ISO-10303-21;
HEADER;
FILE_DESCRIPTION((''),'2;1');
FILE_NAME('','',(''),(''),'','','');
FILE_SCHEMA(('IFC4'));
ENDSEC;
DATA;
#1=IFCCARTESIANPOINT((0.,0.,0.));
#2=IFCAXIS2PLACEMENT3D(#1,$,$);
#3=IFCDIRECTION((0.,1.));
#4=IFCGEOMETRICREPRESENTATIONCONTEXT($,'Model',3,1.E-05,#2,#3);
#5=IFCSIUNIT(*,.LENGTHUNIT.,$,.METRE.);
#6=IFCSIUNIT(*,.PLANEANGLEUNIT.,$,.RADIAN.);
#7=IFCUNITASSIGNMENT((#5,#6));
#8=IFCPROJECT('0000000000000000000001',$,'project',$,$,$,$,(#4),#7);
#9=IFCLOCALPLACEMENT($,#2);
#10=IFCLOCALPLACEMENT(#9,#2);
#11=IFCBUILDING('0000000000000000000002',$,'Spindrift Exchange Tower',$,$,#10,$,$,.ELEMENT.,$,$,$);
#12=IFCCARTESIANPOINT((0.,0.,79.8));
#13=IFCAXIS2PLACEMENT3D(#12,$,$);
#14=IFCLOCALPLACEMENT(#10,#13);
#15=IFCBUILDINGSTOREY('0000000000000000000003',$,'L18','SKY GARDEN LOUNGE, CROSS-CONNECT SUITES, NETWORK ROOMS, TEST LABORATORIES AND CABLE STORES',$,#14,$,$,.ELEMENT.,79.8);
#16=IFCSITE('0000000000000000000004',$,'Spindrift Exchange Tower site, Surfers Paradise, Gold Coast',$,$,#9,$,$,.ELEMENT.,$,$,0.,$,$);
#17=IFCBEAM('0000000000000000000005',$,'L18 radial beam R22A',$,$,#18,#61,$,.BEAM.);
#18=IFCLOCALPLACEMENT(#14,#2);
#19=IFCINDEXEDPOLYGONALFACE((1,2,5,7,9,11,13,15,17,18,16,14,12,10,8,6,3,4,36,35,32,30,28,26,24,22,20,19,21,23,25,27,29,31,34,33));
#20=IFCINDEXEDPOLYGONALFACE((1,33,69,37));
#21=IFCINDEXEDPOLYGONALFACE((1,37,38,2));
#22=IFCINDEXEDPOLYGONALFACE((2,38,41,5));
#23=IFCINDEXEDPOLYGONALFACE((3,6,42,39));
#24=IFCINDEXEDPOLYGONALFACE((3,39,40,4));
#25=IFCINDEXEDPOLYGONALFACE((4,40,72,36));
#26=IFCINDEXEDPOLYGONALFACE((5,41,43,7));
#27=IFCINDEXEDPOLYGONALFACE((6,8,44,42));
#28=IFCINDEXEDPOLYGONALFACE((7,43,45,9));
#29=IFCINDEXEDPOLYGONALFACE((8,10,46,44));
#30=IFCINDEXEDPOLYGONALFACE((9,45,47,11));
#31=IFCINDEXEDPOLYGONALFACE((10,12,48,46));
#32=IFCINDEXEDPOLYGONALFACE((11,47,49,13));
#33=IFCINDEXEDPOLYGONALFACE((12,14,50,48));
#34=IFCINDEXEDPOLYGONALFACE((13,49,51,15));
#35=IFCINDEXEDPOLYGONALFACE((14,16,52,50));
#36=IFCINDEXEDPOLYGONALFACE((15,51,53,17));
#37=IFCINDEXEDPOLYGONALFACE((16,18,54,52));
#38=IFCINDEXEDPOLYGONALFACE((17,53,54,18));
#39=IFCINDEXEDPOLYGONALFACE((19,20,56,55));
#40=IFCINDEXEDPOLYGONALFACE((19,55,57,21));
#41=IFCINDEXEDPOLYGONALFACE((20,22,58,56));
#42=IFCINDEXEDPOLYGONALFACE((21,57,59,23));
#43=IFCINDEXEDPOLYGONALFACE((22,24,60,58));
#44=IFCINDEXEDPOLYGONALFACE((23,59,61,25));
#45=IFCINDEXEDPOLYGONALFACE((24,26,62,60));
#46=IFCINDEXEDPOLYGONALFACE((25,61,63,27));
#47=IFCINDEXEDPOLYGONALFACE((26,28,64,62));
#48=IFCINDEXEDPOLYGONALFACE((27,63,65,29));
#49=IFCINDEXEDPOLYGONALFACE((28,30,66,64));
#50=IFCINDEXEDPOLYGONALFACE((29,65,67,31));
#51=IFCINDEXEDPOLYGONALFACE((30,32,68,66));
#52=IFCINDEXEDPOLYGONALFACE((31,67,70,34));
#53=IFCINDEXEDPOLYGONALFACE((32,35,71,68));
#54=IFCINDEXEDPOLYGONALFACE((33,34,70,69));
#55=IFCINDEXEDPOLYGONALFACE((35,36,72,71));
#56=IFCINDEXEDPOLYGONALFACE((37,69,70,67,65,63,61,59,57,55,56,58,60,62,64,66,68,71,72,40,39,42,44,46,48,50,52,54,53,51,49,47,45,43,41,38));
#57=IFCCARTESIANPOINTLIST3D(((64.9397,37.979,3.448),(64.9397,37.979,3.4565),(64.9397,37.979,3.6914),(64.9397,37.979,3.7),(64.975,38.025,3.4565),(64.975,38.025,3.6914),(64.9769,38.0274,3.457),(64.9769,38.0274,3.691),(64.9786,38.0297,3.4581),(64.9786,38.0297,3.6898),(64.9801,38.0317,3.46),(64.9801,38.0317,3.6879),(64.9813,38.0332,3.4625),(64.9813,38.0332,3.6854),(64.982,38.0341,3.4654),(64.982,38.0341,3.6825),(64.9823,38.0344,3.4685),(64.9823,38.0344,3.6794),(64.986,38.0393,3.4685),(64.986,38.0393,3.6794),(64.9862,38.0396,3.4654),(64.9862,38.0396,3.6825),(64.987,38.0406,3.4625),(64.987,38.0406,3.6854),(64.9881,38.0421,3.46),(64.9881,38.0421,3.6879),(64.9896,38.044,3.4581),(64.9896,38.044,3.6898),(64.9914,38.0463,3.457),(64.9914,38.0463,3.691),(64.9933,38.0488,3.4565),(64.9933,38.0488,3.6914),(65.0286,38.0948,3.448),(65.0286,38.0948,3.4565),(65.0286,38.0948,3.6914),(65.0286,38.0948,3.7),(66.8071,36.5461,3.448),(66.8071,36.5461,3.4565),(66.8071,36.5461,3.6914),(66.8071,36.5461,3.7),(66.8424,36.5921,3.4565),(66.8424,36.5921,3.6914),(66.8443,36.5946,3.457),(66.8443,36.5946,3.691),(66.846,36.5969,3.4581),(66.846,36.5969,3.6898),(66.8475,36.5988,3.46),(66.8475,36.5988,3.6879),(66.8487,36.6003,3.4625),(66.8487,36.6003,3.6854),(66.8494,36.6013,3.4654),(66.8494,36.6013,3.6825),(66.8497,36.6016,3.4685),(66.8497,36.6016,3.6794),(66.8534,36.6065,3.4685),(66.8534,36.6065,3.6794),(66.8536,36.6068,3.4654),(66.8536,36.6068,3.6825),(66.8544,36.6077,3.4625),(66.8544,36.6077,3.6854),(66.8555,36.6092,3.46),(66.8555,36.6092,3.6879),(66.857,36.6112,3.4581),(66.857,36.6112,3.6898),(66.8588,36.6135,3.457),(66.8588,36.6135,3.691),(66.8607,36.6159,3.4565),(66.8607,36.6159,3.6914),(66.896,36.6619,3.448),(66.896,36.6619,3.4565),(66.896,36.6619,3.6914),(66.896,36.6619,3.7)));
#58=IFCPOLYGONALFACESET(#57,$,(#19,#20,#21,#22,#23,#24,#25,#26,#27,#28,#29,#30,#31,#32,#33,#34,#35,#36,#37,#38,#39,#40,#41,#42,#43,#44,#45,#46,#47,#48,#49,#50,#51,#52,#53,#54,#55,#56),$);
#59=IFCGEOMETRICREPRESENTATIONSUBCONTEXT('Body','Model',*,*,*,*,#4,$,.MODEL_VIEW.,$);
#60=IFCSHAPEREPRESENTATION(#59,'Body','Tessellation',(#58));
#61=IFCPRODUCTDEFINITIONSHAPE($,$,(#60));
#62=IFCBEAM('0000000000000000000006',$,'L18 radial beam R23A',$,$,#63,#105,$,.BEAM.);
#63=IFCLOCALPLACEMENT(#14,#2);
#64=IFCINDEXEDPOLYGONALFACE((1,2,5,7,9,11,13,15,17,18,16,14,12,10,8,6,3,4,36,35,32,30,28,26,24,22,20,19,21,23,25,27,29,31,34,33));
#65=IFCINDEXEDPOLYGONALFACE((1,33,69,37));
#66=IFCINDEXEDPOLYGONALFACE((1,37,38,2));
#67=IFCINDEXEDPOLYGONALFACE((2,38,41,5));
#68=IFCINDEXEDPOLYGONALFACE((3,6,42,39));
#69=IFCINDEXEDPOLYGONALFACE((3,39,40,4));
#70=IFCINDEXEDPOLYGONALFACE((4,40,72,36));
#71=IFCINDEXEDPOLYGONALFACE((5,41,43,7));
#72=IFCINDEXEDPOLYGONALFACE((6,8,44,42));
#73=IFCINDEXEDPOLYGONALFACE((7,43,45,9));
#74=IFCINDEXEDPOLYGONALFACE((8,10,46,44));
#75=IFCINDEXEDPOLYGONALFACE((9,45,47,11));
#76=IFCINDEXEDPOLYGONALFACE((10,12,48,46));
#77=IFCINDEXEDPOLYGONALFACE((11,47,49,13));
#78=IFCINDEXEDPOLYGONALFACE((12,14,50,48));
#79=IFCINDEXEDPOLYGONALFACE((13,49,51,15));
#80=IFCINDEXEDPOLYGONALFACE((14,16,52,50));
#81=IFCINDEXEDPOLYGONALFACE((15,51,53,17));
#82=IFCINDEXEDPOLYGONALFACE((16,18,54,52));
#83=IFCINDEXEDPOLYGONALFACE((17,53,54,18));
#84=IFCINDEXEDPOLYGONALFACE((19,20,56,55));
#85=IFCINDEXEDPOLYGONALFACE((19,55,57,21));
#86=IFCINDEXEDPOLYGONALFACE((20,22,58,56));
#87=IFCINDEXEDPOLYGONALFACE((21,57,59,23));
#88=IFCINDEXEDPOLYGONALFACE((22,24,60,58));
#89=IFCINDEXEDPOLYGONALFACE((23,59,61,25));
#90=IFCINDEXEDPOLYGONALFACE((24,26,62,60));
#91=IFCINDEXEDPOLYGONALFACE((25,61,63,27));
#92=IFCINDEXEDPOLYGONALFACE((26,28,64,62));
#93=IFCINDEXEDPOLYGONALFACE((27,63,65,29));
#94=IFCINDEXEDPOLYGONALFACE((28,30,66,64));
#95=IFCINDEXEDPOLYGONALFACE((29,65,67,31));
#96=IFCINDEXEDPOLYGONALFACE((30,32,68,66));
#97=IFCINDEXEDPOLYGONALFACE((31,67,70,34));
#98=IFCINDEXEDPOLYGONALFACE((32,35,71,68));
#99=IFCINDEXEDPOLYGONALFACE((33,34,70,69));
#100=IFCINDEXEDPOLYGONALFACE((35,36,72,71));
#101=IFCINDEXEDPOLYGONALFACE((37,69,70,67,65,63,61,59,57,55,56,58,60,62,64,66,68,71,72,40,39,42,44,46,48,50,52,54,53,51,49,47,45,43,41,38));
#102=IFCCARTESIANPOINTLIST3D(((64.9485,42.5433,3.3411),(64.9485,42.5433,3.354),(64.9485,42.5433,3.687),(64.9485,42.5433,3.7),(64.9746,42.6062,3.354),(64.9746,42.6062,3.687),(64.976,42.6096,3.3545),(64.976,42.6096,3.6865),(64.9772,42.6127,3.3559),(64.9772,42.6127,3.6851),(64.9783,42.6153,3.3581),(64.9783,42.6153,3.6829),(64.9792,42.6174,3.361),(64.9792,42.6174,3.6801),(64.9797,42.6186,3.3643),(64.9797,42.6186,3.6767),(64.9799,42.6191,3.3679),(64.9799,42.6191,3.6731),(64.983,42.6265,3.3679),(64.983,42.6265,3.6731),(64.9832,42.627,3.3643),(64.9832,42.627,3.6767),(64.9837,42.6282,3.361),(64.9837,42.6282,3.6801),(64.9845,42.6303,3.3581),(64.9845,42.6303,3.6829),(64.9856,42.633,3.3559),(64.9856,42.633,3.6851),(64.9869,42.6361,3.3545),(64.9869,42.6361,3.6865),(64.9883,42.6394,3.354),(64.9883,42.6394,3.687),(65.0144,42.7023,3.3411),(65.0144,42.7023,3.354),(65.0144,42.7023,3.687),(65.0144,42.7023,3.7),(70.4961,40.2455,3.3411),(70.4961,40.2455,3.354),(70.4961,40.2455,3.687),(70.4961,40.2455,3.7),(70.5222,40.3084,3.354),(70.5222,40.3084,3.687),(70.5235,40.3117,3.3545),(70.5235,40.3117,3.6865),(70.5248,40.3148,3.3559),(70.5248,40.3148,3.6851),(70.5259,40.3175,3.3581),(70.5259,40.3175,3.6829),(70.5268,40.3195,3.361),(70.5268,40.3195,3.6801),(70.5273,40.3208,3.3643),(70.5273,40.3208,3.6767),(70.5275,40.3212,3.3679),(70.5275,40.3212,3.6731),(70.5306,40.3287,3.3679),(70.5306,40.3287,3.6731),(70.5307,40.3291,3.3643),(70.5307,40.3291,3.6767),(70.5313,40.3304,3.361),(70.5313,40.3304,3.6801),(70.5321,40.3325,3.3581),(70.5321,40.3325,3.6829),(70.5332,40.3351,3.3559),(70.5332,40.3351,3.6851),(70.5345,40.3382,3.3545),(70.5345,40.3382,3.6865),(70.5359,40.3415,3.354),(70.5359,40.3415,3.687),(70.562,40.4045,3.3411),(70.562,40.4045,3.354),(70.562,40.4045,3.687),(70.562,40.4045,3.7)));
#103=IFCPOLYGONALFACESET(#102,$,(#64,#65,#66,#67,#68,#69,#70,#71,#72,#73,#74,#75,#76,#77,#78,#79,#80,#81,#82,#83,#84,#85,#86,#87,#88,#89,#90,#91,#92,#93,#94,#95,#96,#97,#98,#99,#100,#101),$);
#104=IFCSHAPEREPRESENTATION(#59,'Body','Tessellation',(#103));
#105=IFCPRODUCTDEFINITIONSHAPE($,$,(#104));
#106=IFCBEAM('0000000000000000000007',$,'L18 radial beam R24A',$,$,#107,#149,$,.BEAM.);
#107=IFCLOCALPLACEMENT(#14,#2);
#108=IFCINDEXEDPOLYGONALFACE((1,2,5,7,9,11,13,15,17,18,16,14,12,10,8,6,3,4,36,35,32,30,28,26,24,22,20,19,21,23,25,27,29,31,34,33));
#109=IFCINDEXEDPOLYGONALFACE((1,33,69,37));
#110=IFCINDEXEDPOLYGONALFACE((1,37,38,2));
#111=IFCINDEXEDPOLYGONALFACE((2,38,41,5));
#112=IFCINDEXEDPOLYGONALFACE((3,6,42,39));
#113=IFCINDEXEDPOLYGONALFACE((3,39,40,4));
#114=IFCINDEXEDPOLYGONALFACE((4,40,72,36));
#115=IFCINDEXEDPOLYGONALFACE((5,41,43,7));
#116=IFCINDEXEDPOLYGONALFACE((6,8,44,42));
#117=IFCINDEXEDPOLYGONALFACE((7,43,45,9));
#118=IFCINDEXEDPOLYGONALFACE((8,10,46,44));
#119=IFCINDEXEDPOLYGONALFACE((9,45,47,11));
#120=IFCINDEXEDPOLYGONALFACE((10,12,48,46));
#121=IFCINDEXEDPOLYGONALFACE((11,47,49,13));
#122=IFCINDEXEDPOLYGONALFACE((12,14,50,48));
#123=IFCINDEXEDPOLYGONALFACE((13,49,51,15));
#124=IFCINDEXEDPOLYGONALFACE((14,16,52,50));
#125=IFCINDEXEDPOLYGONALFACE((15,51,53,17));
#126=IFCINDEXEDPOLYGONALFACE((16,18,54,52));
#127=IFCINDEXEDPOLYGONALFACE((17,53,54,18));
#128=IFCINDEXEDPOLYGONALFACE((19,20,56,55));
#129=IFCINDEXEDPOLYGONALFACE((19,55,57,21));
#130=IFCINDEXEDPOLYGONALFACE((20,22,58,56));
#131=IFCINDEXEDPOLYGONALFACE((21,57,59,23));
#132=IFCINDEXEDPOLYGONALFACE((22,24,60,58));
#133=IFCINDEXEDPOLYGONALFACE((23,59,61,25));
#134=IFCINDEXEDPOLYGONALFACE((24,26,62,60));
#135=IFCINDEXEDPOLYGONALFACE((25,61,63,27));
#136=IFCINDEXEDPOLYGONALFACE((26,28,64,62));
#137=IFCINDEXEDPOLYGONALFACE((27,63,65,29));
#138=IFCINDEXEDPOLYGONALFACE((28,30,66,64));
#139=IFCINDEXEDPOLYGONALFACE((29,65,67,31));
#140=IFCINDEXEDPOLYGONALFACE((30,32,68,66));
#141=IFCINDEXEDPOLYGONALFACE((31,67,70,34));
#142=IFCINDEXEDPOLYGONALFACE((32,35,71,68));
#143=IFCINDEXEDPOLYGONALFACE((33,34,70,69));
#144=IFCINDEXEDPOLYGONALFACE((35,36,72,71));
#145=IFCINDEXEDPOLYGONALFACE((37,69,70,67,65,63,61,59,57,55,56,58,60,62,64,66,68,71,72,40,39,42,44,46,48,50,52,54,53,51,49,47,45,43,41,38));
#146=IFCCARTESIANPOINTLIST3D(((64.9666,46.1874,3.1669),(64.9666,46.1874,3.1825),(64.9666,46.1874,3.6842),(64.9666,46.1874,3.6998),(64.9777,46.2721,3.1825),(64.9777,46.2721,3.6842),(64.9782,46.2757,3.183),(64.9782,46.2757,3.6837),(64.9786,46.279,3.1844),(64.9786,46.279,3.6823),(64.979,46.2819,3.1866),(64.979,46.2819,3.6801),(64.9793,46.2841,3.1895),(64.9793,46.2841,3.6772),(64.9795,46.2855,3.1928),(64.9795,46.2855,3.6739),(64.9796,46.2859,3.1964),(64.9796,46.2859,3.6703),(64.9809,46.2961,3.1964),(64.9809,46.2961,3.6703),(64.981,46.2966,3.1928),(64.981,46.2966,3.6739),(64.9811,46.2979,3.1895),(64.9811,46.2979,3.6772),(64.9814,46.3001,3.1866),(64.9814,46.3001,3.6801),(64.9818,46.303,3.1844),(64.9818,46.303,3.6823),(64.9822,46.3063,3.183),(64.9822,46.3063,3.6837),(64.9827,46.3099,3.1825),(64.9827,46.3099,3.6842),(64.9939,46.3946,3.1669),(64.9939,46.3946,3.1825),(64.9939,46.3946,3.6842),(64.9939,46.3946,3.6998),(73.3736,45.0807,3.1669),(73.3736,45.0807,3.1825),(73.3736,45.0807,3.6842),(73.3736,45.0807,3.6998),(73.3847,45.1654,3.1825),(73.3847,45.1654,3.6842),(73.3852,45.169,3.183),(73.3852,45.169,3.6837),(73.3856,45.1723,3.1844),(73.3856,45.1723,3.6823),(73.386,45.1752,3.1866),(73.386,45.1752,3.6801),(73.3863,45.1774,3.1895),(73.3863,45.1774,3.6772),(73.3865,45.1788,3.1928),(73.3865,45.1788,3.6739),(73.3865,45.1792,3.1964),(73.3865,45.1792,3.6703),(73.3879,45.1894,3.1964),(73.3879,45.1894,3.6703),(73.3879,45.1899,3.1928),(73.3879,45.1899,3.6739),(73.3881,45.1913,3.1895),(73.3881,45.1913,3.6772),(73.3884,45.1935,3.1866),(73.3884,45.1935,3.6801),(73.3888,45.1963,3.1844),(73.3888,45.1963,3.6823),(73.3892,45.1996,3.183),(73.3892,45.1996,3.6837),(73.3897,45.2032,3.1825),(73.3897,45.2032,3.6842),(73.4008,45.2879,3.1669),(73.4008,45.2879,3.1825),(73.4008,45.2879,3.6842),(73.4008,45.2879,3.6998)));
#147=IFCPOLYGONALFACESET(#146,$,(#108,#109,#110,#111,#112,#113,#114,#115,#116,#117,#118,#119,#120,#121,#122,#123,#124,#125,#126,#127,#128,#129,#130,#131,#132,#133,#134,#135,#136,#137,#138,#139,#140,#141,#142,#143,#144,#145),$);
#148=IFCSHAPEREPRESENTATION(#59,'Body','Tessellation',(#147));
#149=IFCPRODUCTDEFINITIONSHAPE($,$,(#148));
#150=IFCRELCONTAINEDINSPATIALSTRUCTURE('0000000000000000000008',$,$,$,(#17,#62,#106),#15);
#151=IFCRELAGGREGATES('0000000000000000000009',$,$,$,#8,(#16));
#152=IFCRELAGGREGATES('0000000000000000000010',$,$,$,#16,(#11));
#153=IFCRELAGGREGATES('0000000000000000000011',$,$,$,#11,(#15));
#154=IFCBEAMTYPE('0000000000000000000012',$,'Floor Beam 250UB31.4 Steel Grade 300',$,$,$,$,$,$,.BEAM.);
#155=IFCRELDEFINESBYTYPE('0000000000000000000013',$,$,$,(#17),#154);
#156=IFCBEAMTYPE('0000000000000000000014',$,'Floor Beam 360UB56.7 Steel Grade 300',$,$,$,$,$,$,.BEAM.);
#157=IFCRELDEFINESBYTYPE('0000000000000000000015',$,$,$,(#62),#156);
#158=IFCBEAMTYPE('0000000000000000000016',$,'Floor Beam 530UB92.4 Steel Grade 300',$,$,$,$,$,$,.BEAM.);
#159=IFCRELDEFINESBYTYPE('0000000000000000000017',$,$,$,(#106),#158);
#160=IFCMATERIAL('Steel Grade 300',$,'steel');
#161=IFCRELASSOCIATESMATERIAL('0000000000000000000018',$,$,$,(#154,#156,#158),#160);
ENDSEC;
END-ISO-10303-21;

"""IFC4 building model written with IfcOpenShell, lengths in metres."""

from ifc_helpers import new_model, si_unit, direction, frame, origin, origin_2d, place, context, subcontext, project, spatial, i_section, extrude, source, transform, mapped, material, material_profile, profile_set, type_object, element, save


model = new_model("IFC4")

# Units and contexts
model_context = context("Model", 3, precision=1e-05, world=origin(), true_north=direction((0.0, 1.0)))
body_context = subcontext(model_context, "Body", "Model", "MODEL_VIEW")
ifc_project = project(units=[si_unit("LENGTHUNIT", "METRE"), si_unit("PLANEANGLEUNIT", "RADIAN")], contexts=[model_context])

# Site, building, storey
site_placement = place(None, origin())
site = spatial("IfcSite", under=ifc_project, at=site_placement, Name="Spindrift Exchange Tower site, Surfers Paradise, Gold Coast", CompositionType="ELEMENT", RefElevation=0.0)
building_placement = place(site_placement, origin())
building = spatial("IfcBuilding", under=site, at=building_placement, Name="Spindrift Exchange Tower", CompositionType="ELEMENT")
storey_placement = place(building_placement, frame((0.0, 0.0, 79.8)))
storey = spatial("IfcBuildingStorey", under=building, at=storey_placement, Name="L18", Description="SKY GARDEN LOUNGE, CROSS-CONNECT SUITES, NETWORK ROOMS, TEST LABORATORIES AND CABLE STORES", CompositionType="ELEMENT", Elevation=79.8)

# Beams
ifc_material_1 = material(Name="Steel Grade 300", Category="steel")
ifc_material_profile_1 = material_profile(ifc_material_1, i_section(OverallWidth=0.146, OverallDepth=0.252, WebThickness=0.0061, FlangeThickness=0.0085, FilletRadius=0.012, at=origin_2d()), Name="250UB31.4")
ifc_profile_set_1 = profile_set([ifc_material_profile_1], Name="Steel Grade 300")
beam_type_1 = type_object("IfcBeamType", Name="Floor Beam 250UB31.4 Steel Grade 300", PredefinedType="BEAM", material=ifc_profile_set_1)
shared_shape_1 = source(origin(), body_context, "Body", "SweptSolid", [
    extrude(i_section(OverallWidth=0.146, OverallDepth=0.252, WebThickness=0.0061, FlangeThickness=0.0085, FilletRadius=0.012, at=origin_2d()), origin(), (0.0, 0.0, 1.0), 2.3538),
])
beam_1_placement = place(storey_placement, frame((64.9841, 38.0369, 3.574), z_axis=(0.793368, -0.608743, 0.0), x_axis=(0.608743, 0.793368, 0.0)))
element("IfcBeam", 1, at=beam_1_placement, inside=storey, type_object=beam_type_1, Name="L18 radial beam R22A", PredefinedType="BEAM", context=body_context, shape_type="MappedRepresentation", body=[
    mapped(shared_shape_1, transform((0.0, 0.0, 0.0), scale=1.0)),
])
ifc_material_profile_2 = material_profile(ifc_material_1, i_section(OverallWidth=0.1721, OverallDepth=0.3589, WebThickness=0.0081, FlangeThickness=0.0129, FilletRadius=0.0139, at=origin_2d()), Name="360UB56.7")
ifc_profile_set_2 = profile_set([ifc_material_profile_2], Name="Steel Grade 300")
beam_type_2 = type_object("IfcBeamType", Name="Floor Beam 360UB56.7 Steel Grade 300", PredefinedType="BEAM", material=ifc_profile_set_2)
shared_shape_2 = source(origin(), body_context, "Body", "SweptSolid", [
    extrude(i_section(OverallWidth=0.1721, OverallDepth=0.3589, WebThickness=0.0081, FlangeThickness=0.0129, FilletRadius=0.0139, at=origin_2d()), origin(), (0.0, 0.0, 1.0), 6.0046),
])
beam_2_placement = place(storey_placement, frame((64.9814, 42.6228, 3.5205), z_axis=(0.923882, -0.382677, 0.0), x_axis=(0.382677, 0.923882, 0.0)))
element("IfcBeam", 2, at=beam_2_placement, inside=storey, type_object=beam_type_2, Name="L18 radial beam R23A", PredefinedType="BEAM", context=body_context, shape_type="MappedRepresentation", body=[
    mapped(shared_shape_2, transform((0.0, 0.0, 0.0), scale=1.0)),
])
ifc_material_profile_3 = material_profile(ifc_material_1, i_section(OverallWidth=0.209, OverallDepth=0.533, WebThickness=0.0103, FlangeThickness=0.0156, FilletRadius=0.0139, at=origin_2d()), Name="530UB92.4")
ifc_profile_set_3 = profile_set([ifc_material_profile_3], Name="Steel Grade 300")
beam_type_3 = type_object("IfcBeamType", Name="Floor Beam 530UB92.4 Steel Grade 300", PredefinedType="BEAM", material=ifc_profile_set_3)
shared_shape_3 = source(origin(), body_context, "Body", "SweptSolid", [
    extrude(i_section(OverallWidth=0.209, OverallDepth=0.533, WebThickness=0.0103, FlangeThickness=0.0156, FilletRadius=0.0139, at=origin_2d()), origin(), (0.0, 0.0, 1.0), 8.4795),
])
beam_3_placement = place(storey_placement, frame((64.9802, 46.291, 3.4333), z_axis=(0.991447, -0.130513, 0.0), x_axis=(0.130513, 0.991447, 0.0)))
element("IfcBeam", 3, at=beam_3_placement, inside=storey, type_object=beam_type_3, Name="L18 radial beam R24A", PredefinedType="BEAM", context=body_context, shape_type="MappedRepresentation", body=[
    mapped(shared_shape_3, transform((0.0, 0.0, 0.0), scale=1.0)),
])

save(model, "model.ifc")
